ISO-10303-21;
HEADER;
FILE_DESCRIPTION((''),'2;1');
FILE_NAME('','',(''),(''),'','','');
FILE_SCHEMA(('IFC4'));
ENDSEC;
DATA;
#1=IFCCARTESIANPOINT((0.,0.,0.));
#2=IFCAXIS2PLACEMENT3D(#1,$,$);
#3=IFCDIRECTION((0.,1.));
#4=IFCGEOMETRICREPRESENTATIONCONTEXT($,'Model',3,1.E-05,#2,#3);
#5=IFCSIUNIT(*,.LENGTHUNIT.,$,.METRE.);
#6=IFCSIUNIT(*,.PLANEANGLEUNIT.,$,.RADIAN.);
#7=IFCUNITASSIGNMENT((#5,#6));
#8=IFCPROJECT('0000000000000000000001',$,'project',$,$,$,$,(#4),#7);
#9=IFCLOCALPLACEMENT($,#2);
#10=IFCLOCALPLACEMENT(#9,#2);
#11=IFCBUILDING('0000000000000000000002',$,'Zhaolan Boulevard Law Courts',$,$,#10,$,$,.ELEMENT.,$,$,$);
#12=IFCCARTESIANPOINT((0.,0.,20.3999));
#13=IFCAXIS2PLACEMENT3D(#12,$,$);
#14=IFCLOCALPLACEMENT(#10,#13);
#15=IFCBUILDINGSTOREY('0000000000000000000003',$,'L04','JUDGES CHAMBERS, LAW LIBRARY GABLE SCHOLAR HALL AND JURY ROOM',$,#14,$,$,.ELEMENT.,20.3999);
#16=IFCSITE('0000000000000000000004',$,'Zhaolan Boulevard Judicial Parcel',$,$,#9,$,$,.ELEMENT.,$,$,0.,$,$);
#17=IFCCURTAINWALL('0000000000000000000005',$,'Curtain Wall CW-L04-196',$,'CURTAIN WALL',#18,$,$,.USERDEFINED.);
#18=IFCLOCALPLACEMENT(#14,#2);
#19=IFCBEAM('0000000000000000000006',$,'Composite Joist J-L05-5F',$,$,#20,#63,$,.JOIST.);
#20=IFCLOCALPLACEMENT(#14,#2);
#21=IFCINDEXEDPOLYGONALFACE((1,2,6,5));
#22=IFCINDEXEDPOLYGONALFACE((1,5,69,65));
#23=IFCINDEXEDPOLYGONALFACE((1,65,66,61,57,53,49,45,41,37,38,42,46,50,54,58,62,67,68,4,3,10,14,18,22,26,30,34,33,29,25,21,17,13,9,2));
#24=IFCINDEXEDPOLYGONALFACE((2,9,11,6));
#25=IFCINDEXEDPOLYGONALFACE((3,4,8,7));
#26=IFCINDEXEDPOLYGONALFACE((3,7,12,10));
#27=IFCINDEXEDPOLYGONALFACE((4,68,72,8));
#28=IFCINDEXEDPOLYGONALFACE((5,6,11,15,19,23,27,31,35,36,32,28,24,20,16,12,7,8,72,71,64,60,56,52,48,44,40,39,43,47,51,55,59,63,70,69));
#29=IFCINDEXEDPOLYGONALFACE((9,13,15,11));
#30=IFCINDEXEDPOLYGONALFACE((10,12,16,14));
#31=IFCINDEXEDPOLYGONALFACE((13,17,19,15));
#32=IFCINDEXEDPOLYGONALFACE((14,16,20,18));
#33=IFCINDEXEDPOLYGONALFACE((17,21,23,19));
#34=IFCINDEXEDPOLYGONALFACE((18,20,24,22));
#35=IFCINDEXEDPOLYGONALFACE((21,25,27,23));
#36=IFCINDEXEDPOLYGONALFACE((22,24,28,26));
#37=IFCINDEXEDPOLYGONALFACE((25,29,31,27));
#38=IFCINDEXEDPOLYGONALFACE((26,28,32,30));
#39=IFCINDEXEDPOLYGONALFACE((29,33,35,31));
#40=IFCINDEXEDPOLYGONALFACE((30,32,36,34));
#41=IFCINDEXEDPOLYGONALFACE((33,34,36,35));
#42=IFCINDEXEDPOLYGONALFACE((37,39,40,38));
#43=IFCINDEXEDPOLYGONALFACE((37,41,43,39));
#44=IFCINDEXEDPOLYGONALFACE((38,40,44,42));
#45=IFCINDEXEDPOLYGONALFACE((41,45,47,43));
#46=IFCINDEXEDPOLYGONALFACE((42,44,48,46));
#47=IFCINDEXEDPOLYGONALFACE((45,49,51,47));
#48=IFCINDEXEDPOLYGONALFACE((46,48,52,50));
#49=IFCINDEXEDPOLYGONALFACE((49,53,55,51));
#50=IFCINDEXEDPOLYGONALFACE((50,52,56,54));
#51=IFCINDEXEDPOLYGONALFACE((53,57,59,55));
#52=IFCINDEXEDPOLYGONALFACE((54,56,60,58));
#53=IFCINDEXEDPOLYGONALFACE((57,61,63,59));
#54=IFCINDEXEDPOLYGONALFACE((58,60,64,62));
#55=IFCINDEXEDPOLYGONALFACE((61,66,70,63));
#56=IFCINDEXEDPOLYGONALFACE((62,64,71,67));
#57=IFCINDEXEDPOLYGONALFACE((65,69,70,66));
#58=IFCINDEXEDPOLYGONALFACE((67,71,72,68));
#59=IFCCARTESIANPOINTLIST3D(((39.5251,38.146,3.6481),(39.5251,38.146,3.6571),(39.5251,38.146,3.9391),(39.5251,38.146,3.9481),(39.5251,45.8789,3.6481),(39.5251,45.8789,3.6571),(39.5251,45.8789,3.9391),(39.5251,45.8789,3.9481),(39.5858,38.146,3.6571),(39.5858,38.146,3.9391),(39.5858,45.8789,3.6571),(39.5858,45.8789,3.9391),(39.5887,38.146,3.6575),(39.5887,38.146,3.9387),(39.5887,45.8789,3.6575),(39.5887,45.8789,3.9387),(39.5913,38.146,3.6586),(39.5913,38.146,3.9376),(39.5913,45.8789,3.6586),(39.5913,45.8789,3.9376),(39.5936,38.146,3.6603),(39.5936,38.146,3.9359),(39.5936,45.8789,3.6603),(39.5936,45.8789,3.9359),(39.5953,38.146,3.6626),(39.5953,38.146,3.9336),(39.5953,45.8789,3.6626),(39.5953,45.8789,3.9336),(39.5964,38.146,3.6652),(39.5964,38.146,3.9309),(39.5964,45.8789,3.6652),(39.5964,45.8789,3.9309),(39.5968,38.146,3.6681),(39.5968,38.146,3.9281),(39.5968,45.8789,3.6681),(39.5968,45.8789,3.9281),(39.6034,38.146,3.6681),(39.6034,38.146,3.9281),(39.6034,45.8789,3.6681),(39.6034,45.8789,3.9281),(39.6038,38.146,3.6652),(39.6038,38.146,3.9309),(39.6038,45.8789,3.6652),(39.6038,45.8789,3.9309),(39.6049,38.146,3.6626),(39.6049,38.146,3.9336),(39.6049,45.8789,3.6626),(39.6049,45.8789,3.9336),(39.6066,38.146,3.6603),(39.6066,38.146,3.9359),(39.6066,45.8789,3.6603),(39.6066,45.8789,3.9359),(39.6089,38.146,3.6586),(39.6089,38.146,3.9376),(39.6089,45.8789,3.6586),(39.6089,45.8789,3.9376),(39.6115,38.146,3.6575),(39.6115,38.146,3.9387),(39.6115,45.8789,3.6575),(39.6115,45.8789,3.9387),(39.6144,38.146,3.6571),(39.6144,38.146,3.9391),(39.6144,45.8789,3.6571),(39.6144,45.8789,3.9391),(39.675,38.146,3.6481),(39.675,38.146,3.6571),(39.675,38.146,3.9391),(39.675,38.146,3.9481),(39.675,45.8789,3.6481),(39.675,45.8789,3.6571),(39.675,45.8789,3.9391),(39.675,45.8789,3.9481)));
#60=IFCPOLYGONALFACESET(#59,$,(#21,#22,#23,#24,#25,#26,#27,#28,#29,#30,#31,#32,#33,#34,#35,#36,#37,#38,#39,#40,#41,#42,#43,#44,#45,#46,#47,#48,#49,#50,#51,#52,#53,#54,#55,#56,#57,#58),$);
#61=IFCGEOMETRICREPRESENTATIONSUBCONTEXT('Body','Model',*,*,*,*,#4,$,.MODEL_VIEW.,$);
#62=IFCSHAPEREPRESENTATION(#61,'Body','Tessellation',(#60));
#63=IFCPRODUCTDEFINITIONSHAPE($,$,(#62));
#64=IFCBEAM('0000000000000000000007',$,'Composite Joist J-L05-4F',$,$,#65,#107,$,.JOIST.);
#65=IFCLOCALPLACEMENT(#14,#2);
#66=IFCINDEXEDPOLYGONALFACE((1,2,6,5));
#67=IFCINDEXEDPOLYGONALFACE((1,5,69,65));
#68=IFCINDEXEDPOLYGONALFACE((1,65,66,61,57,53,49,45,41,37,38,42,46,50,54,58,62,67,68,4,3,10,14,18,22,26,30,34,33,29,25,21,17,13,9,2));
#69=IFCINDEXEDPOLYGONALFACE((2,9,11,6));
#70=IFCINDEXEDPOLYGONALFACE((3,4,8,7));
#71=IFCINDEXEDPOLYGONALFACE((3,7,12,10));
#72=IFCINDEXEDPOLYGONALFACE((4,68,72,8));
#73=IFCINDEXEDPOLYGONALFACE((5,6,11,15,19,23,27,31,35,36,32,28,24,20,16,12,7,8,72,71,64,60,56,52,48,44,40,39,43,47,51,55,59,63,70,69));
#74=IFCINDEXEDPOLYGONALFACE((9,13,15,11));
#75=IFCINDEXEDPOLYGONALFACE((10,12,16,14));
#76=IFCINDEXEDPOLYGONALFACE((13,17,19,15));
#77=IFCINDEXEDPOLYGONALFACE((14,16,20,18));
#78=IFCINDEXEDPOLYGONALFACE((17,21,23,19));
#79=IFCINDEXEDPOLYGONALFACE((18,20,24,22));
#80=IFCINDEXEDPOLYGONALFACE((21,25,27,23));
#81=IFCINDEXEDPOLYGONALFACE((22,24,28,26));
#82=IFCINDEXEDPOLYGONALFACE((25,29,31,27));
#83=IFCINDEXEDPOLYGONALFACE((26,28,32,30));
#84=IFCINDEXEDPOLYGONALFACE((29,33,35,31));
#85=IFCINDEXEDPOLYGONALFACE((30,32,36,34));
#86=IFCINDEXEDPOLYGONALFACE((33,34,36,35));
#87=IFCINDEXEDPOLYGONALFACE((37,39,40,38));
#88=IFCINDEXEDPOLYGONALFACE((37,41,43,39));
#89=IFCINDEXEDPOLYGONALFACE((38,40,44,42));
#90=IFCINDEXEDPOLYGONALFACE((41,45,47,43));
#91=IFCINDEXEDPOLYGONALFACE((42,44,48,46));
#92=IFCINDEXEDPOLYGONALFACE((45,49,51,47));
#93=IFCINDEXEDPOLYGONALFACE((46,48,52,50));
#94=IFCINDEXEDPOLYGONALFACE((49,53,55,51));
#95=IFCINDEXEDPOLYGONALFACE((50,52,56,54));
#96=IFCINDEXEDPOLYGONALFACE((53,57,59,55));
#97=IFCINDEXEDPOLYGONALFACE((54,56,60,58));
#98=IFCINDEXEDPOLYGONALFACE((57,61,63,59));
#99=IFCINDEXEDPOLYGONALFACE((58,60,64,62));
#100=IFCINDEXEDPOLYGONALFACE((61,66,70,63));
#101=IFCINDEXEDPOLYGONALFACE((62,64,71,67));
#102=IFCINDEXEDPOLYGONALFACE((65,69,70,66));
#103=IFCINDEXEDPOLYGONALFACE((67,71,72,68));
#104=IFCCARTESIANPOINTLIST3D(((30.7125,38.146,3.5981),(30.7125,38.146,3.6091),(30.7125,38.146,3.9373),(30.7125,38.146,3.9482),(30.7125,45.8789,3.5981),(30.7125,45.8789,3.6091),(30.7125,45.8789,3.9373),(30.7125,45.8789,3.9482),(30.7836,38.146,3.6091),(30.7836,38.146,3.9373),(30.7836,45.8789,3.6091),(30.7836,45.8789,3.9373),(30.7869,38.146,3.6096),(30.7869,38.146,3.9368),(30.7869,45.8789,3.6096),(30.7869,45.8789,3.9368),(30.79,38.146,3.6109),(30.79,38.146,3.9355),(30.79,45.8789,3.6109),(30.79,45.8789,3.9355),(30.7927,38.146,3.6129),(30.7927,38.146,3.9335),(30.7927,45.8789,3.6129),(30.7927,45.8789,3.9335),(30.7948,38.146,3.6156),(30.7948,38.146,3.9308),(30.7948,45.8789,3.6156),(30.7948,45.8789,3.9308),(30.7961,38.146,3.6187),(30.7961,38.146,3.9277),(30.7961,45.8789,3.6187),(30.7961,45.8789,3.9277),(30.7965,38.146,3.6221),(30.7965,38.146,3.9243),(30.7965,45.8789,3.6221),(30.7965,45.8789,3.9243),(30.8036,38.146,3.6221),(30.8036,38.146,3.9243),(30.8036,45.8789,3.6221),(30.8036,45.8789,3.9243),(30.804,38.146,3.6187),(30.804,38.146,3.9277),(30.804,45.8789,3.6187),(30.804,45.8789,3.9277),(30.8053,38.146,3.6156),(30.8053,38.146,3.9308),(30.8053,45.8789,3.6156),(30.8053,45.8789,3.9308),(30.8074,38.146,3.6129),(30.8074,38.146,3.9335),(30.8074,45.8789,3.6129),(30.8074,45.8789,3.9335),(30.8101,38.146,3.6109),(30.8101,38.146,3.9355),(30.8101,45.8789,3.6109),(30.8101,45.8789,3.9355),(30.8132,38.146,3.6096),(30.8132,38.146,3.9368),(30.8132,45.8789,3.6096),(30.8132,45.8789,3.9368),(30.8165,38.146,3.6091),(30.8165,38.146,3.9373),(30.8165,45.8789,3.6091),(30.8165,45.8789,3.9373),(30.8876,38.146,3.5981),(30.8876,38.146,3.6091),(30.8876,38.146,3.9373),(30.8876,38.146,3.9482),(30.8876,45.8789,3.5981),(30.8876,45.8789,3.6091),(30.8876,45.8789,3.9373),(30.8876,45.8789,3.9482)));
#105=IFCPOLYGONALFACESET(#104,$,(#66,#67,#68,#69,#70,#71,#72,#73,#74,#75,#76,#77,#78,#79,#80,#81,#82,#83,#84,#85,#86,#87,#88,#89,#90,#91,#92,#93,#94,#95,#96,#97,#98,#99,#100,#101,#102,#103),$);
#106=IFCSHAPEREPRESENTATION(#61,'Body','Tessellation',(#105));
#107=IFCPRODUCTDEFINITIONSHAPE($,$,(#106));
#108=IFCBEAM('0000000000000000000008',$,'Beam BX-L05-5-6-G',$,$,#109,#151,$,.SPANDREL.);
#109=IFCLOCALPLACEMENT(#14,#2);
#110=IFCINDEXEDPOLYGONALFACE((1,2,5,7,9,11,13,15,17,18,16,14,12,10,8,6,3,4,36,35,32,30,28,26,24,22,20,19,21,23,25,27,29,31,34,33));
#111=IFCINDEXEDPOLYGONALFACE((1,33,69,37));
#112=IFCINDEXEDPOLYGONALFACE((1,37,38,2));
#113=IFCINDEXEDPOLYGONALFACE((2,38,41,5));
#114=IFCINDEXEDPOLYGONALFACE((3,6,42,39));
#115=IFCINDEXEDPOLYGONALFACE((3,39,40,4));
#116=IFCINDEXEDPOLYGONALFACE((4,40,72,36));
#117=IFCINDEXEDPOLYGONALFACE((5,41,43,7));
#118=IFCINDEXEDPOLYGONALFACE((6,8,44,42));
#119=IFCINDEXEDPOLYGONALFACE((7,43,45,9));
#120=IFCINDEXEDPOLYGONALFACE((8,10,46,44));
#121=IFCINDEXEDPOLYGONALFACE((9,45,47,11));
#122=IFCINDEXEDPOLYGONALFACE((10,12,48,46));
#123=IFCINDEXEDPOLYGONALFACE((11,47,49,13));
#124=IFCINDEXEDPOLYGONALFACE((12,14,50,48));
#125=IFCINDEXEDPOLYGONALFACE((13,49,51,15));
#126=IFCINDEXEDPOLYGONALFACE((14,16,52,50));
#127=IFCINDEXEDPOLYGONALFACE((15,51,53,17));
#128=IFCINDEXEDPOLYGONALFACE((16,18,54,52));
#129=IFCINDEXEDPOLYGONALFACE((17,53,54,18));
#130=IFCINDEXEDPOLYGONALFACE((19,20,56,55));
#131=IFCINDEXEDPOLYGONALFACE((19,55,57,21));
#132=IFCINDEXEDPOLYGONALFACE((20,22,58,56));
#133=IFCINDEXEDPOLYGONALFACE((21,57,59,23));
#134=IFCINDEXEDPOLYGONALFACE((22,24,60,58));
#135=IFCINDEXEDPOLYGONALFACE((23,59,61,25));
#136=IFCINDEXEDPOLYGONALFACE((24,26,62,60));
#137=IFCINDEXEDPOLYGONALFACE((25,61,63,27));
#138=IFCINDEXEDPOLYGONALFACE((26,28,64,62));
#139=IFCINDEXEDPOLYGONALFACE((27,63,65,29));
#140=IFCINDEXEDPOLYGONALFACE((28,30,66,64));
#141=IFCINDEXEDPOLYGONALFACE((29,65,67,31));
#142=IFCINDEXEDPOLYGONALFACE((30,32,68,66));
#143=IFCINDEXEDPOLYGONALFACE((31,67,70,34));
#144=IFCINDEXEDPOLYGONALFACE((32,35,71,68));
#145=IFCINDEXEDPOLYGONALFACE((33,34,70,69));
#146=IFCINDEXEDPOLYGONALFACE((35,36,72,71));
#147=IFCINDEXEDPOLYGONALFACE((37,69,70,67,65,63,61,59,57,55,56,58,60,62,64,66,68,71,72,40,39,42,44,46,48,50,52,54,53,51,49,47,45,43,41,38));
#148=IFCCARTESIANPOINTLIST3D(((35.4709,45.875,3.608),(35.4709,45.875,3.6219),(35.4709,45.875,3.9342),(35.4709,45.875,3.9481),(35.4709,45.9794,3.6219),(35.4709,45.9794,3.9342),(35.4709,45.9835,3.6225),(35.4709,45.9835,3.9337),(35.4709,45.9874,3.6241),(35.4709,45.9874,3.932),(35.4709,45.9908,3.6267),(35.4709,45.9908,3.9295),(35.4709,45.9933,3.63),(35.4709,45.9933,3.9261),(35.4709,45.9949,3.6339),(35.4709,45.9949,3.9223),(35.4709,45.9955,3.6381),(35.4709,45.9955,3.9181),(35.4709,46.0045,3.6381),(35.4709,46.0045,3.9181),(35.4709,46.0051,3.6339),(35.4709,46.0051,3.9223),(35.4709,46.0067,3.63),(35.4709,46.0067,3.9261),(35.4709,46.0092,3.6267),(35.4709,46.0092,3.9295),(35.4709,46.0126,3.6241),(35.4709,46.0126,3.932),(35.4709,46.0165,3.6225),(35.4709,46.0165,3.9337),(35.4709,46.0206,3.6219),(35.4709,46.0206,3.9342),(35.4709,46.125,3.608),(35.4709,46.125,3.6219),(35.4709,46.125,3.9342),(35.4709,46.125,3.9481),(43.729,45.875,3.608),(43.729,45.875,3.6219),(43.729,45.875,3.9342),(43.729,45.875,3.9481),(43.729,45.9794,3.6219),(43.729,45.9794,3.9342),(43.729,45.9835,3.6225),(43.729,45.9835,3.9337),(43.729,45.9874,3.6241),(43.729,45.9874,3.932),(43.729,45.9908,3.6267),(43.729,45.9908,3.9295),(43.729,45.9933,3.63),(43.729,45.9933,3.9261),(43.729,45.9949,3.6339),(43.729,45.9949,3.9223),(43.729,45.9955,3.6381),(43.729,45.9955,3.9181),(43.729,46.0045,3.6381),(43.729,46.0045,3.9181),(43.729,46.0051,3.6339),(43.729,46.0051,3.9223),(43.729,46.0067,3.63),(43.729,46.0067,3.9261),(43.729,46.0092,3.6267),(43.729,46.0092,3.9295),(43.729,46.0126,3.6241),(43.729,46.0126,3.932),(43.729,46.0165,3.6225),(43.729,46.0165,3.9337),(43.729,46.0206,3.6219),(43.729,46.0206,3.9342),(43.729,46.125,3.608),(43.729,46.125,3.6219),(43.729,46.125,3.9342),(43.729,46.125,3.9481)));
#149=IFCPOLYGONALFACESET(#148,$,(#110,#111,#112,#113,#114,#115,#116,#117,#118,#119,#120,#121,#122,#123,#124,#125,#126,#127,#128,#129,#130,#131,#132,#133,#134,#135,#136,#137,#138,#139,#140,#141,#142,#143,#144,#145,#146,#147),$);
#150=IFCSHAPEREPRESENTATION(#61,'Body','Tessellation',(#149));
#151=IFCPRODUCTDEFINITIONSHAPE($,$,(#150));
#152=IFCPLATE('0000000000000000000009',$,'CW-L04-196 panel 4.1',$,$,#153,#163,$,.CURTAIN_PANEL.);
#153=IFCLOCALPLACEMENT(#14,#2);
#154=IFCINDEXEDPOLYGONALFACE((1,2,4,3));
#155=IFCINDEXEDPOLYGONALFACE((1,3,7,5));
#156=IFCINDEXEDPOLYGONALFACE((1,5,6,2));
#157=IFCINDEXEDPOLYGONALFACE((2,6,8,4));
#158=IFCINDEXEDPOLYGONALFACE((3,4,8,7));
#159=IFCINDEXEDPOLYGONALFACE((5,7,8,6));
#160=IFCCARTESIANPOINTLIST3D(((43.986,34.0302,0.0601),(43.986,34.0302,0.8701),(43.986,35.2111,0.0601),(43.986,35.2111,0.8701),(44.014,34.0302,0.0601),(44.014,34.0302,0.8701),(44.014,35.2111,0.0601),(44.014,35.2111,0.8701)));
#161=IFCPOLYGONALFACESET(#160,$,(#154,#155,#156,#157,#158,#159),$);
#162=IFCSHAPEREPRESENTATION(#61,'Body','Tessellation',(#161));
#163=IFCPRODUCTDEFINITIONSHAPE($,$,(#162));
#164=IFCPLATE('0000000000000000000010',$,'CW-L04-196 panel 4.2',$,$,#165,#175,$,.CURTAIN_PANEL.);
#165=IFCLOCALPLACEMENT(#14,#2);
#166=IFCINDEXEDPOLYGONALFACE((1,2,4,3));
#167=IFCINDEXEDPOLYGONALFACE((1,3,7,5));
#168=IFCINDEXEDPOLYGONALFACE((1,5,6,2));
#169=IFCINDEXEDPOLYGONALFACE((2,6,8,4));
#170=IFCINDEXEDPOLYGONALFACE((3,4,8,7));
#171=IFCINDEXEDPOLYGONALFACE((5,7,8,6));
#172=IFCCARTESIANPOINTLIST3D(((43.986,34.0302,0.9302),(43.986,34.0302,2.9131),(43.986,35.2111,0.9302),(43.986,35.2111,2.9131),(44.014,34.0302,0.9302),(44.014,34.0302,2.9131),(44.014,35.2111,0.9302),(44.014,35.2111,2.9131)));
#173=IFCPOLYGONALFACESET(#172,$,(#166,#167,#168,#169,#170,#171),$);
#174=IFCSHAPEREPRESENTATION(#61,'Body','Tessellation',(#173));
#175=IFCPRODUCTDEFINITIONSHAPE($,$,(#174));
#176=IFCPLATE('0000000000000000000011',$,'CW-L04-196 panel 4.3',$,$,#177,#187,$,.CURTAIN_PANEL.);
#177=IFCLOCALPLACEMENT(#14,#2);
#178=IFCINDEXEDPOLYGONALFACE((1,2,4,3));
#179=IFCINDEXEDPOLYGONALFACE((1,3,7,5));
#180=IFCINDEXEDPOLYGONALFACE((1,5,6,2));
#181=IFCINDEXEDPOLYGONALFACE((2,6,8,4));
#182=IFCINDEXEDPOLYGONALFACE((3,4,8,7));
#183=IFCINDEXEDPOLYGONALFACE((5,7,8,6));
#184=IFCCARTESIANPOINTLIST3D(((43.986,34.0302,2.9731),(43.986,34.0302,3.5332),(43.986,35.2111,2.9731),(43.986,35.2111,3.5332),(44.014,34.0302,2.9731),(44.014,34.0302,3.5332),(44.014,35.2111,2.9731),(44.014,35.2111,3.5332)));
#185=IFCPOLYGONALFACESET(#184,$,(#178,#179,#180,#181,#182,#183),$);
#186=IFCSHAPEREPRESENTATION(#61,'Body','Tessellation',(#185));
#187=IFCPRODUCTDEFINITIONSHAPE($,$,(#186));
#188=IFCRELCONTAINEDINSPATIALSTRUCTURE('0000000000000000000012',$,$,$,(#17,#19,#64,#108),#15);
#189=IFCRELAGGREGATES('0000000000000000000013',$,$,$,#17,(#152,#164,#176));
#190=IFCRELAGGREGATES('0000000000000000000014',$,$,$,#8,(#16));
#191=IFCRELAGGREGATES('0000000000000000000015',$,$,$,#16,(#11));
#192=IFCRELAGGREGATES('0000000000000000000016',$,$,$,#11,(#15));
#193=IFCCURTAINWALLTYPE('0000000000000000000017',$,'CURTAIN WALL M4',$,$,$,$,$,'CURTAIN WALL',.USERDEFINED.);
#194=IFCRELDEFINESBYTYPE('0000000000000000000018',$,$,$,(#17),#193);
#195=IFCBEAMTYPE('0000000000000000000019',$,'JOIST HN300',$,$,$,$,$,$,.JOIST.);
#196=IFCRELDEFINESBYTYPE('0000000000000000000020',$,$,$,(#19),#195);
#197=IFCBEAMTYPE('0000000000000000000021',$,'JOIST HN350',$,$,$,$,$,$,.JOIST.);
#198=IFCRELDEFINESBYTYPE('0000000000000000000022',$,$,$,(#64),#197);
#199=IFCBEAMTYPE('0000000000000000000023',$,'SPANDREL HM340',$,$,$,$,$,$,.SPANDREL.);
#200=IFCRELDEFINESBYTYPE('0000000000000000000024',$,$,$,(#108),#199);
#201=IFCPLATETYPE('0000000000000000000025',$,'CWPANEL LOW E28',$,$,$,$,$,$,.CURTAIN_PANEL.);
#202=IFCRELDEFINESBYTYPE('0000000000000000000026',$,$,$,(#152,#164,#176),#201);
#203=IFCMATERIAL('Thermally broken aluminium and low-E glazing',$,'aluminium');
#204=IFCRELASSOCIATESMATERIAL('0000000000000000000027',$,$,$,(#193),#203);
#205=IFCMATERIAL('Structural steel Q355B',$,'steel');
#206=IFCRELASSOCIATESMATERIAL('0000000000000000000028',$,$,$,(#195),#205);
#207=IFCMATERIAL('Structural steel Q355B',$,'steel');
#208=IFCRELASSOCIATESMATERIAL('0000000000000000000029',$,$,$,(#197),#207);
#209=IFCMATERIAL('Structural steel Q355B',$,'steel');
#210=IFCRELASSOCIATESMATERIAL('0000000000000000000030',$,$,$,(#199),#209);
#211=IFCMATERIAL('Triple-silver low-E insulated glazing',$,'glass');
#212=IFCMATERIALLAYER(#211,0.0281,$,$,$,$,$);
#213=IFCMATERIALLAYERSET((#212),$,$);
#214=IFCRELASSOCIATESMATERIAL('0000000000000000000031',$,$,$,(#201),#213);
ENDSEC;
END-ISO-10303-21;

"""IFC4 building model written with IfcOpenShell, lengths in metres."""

from ifc_helpers import new_model, si_unit, direction, frame, origin, origin_2d, place, context, subcontext, project, spatial, rectangle, i_section, extrude, material, layer, layer_set, material_profile, profile_set, type_object, element, aggregate, save


model = new_model("IFC4")

# Units and contexts
model_context = context("Model", 3, precision=1e-05, world=origin(), true_north=direction((0.0, 1.0)))
body_context = subcontext(model_context, "Body", "Model", "MODEL_VIEW")
ifc_project = project(units=[si_unit("LENGTHUNIT", "METRE"), si_unit("PLANEANGLEUNIT", "RADIAN")], contexts=[model_context])

# Site, building, storey
site_placement = place(None, origin())
site = spatial("IfcSite", under=ifc_project, at=site_placement, Name="Zhaolan Boulevard Judicial Parcel", CompositionType="ELEMENT", RefElevation=0.0)
building_placement = place(site_placement, origin())
building = spatial("IfcBuilding", under=site, at=building_placement, Name="Zhaolan Boulevard Law Courts", CompositionType="ELEMENT")
storey_placement = place(building_placement, frame((0.0, 0.0, 20.3999)))
storey = spatial("IfcBuildingStorey", under=building, at=storey_placement, Name="L04", Description="JUDGES CHAMBERS, LAW LIBRARY GABLE SCHOLAR HALL AND JURY ROOM", CompositionType="ELEMENT", Elevation=20.3999)

# Curtain wall
ifc_material_1 = material(Name="Thermally broken aluminium and low-E glazing", Category="aluminium")
curtain_wall_type = type_object("IfcCurtainWallType", Name="CURTAIN WALL M4", ElementType="CURTAIN WALL", PredefinedType="USERDEFINED", material=ifc_material_1)
curtain_wall_placement = place(storey_placement, origin())
curtain_wall = element("IfcCurtainWall", 1, at=curtain_wall_placement, inside=storey, type_object=curtain_wall_type, Name="Curtain Wall CW-L04-196", ObjectType="CURTAIN WALL", PredefinedType="USERDEFINED")

# Beams
ifc_material_2 = material(Name="Structural steel Q355B", Category="steel")
ifc_material_profile_1 = material_profile(ifc_material_2, i_section(OverallWidth=0.1499, OverallDepth=0.3, WebThickness=0.0066, FlangeThickness=0.009, FilletRadius=0.011, at=origin_2d()), Name="HN300x150")
ifc_profile_set_1 = profile_set([ifc_material_profile_1], Name="Structural steel Q355B")
beam_type_1 = type_object("IfcBeamType", Name="JOIST HN300", PredefinedType="JOIST", material=ifc_profile_set_1)
beam_1_placement = place(storey_placement, frame((39.6001, 38.146, 3.7981), z_axis=(0.0, 1.0, 0.0), x_axis=(-1.0, 0.0, 0.0)))
element("IfcBeam", 2, at=beam_1_placement, inside=storey, type_object=beam_type_1, Name="Composite Joist J-L05-5F", PredefinedType="JOIST", context=body_context, shape_type="SweptSolid", body=[
    extrude(i_section(OverallWidth=0.1499, OverallDepth=0.3, WebThickness=0.0066, FlangeThickness=0.009, FilletRadius=0.011, at=origin_2d()), origin(), (0.0, 0.0, 1.0), 7.7329),
])
ifc_material_3 = material(Name="Structural steel Q355B", Category="steel")
ifc_material_profile_2 = material_profile(ifc_material_3, i_section(OverallWidth=0.175, OverallDepth=0.3501, WebThickness=0.0071, FlangeThickness=0.011, FilletRadius=0.0129, at=origin_2d()), Name="HN350x175")
ifc_profile_set_2 = profile_set([ifc_material_profile_2], Name="Structural steel Q355B")
beam_type_2 = type_object("IfcBeamType", Name="JOIST HN350", PredefinedType="JOIST", material=ifc_profile_set_2)
beam_2_placement = place(storey_placement, frame((30.8, 38.146, 3.7732), z_axis=(0.0, 1.0, 0.0), x_axis=(-1.0, 0.0, 0.0)))
element("IfcBeam", 3, at=beam_2_placement, inside=storey, type_object=beam_type_2, Name="Composite Joist J-L05-4F", PredefinedType="JOIST", context=body_context, shape_type="SweptSolid", body=[
    extrude(i_section(OverallWidth=0.175, OverallDepth=0.3501, WebThickness=0.0071, FlangeThickness=0.011, FilletRadius=0.0129, at=origin_2d()), origin(), (0.0, 0.0, 1.0), 7.7329),
])
ifc_material_4 = material(Name="Structural steel Q355B", Category="steel")
ifc_material_profile_3 = material_profile(ifc_material_4, i_section(OverallWidth=0.25, OverallDepth=0.3401, WebThickness=0.009, FlangeThickness=0.0139, FilletRadius=0.0161, at=origin_2d()), Name="HM340x250")
ifc_profile_set_3 = profile_set([ifc_material_profile_3], Name="Structural steel Q355B")
beam_type_3 = type_object("IfcBeamType", Name="SPANDREL HM340", PredefinedType="SPANDREL", material=ifc_profile_set_3)
beam_3_placement = place(storey_placement, frame((35.4709, 46.0, 3.7781), z_axis=(1.0, 0.0, 0.0), x_axis=(0.0, 1.0, 0.0)))
element("IfcBeam", 4, at=beam_3_placement, inside=storey, type_object=beam_type_3, Name="Beam BX-L05-5-6-G", PredefinedType="SPANDREL", context=body_context, shape_type="SweptSolid", body=[
    extrude(i_section(OverallWidth=0.25, OverallDepth=0.3401, WebThickness=0.009, FlangeThickness=0.0139, FilletRadius=0.0161, at=origin_2d()), origin(), (0.0, 0.0, 1.0), 8.2581),
])

# Plates
ifc_material_5 = material(Name="Triple-silver low-E insulated glazing", Category="glass")
ifc_layer_1 = layer(ifc_material_5, 0.0281)
ifc_layer_set_1 = layer_set([ifc_layer_1])
plate_type_1 = type_object("IfcPlateType", Name="CWPANEL LOW E28", PredefinedType="CURTAIN_PANEL", material=ifc_layer_set_1)
plate_1_placement = place(storey_placement, frame((44.0, 34.6206, 0.0601), z_axis=(0.0, 0.0, 1.0), x_axis=(0.0, 1.0, 0.0)))
plate_1 = element("IfcPlate", 5, at=plate_1_placement, type_object=plate_type_1, Name="CW-L04-196 panel 4.1", PredefinedType="CURTAIN_PANEL", context=body_context, shape_type="SweptSolid", body=[
    extrude(rectangle(XDim=1.1809, YDim=0.0281, at=origin_2d()), origin(), (0.0, 0.0, 1.0), 0.8101),
])
plate_2_placement = place(storey_placement, frame((44.0, 34.6206, 0.9302), z_axis=(0.0, 0.0, 1.0), x_axis=(0.0, 1.0, 0.0)))
plate_2 = element("IfcPlate", 6, at=plate_2_placement, type_object=plate_type_1, Name="CW-L04-196 panel 4.2", PredefinedType="CURTAIN_PANEL", context=body_context, shape_type="SweptSolid", body=[
    extrude(rectangle(XDim=1.1809, YDim=0.0281, at=origin_2d()), origin(), (0.0, 0.0, 1.0), 1.9829),
])
plate_3_placement = place(storey_placement, frame((44.0, 34.6206, 2.9731), z_axis=(0.0, 0.0, 1.0), x_axis=(0.0, 1.0, 0.0)))
plate_3 = element("IfcPlate", 7, at=plate_3_placement, type_object=plate_type_1, Name="CW-L04-196 panel 4.3", PredefinedType="CURTAIN_PANEL", context=body_context, shape_type="SweptSolid", body=[
    extrude(rectangle(XDim=1.1809, YDim=0.0281, at=origin_2d()), origin(), (0.0, 0.0, 1.0), 0.5601),
])
aggregate(curtain_wall, [plate_1, plate_2, plate_3])

save(model, "model.ifc")
